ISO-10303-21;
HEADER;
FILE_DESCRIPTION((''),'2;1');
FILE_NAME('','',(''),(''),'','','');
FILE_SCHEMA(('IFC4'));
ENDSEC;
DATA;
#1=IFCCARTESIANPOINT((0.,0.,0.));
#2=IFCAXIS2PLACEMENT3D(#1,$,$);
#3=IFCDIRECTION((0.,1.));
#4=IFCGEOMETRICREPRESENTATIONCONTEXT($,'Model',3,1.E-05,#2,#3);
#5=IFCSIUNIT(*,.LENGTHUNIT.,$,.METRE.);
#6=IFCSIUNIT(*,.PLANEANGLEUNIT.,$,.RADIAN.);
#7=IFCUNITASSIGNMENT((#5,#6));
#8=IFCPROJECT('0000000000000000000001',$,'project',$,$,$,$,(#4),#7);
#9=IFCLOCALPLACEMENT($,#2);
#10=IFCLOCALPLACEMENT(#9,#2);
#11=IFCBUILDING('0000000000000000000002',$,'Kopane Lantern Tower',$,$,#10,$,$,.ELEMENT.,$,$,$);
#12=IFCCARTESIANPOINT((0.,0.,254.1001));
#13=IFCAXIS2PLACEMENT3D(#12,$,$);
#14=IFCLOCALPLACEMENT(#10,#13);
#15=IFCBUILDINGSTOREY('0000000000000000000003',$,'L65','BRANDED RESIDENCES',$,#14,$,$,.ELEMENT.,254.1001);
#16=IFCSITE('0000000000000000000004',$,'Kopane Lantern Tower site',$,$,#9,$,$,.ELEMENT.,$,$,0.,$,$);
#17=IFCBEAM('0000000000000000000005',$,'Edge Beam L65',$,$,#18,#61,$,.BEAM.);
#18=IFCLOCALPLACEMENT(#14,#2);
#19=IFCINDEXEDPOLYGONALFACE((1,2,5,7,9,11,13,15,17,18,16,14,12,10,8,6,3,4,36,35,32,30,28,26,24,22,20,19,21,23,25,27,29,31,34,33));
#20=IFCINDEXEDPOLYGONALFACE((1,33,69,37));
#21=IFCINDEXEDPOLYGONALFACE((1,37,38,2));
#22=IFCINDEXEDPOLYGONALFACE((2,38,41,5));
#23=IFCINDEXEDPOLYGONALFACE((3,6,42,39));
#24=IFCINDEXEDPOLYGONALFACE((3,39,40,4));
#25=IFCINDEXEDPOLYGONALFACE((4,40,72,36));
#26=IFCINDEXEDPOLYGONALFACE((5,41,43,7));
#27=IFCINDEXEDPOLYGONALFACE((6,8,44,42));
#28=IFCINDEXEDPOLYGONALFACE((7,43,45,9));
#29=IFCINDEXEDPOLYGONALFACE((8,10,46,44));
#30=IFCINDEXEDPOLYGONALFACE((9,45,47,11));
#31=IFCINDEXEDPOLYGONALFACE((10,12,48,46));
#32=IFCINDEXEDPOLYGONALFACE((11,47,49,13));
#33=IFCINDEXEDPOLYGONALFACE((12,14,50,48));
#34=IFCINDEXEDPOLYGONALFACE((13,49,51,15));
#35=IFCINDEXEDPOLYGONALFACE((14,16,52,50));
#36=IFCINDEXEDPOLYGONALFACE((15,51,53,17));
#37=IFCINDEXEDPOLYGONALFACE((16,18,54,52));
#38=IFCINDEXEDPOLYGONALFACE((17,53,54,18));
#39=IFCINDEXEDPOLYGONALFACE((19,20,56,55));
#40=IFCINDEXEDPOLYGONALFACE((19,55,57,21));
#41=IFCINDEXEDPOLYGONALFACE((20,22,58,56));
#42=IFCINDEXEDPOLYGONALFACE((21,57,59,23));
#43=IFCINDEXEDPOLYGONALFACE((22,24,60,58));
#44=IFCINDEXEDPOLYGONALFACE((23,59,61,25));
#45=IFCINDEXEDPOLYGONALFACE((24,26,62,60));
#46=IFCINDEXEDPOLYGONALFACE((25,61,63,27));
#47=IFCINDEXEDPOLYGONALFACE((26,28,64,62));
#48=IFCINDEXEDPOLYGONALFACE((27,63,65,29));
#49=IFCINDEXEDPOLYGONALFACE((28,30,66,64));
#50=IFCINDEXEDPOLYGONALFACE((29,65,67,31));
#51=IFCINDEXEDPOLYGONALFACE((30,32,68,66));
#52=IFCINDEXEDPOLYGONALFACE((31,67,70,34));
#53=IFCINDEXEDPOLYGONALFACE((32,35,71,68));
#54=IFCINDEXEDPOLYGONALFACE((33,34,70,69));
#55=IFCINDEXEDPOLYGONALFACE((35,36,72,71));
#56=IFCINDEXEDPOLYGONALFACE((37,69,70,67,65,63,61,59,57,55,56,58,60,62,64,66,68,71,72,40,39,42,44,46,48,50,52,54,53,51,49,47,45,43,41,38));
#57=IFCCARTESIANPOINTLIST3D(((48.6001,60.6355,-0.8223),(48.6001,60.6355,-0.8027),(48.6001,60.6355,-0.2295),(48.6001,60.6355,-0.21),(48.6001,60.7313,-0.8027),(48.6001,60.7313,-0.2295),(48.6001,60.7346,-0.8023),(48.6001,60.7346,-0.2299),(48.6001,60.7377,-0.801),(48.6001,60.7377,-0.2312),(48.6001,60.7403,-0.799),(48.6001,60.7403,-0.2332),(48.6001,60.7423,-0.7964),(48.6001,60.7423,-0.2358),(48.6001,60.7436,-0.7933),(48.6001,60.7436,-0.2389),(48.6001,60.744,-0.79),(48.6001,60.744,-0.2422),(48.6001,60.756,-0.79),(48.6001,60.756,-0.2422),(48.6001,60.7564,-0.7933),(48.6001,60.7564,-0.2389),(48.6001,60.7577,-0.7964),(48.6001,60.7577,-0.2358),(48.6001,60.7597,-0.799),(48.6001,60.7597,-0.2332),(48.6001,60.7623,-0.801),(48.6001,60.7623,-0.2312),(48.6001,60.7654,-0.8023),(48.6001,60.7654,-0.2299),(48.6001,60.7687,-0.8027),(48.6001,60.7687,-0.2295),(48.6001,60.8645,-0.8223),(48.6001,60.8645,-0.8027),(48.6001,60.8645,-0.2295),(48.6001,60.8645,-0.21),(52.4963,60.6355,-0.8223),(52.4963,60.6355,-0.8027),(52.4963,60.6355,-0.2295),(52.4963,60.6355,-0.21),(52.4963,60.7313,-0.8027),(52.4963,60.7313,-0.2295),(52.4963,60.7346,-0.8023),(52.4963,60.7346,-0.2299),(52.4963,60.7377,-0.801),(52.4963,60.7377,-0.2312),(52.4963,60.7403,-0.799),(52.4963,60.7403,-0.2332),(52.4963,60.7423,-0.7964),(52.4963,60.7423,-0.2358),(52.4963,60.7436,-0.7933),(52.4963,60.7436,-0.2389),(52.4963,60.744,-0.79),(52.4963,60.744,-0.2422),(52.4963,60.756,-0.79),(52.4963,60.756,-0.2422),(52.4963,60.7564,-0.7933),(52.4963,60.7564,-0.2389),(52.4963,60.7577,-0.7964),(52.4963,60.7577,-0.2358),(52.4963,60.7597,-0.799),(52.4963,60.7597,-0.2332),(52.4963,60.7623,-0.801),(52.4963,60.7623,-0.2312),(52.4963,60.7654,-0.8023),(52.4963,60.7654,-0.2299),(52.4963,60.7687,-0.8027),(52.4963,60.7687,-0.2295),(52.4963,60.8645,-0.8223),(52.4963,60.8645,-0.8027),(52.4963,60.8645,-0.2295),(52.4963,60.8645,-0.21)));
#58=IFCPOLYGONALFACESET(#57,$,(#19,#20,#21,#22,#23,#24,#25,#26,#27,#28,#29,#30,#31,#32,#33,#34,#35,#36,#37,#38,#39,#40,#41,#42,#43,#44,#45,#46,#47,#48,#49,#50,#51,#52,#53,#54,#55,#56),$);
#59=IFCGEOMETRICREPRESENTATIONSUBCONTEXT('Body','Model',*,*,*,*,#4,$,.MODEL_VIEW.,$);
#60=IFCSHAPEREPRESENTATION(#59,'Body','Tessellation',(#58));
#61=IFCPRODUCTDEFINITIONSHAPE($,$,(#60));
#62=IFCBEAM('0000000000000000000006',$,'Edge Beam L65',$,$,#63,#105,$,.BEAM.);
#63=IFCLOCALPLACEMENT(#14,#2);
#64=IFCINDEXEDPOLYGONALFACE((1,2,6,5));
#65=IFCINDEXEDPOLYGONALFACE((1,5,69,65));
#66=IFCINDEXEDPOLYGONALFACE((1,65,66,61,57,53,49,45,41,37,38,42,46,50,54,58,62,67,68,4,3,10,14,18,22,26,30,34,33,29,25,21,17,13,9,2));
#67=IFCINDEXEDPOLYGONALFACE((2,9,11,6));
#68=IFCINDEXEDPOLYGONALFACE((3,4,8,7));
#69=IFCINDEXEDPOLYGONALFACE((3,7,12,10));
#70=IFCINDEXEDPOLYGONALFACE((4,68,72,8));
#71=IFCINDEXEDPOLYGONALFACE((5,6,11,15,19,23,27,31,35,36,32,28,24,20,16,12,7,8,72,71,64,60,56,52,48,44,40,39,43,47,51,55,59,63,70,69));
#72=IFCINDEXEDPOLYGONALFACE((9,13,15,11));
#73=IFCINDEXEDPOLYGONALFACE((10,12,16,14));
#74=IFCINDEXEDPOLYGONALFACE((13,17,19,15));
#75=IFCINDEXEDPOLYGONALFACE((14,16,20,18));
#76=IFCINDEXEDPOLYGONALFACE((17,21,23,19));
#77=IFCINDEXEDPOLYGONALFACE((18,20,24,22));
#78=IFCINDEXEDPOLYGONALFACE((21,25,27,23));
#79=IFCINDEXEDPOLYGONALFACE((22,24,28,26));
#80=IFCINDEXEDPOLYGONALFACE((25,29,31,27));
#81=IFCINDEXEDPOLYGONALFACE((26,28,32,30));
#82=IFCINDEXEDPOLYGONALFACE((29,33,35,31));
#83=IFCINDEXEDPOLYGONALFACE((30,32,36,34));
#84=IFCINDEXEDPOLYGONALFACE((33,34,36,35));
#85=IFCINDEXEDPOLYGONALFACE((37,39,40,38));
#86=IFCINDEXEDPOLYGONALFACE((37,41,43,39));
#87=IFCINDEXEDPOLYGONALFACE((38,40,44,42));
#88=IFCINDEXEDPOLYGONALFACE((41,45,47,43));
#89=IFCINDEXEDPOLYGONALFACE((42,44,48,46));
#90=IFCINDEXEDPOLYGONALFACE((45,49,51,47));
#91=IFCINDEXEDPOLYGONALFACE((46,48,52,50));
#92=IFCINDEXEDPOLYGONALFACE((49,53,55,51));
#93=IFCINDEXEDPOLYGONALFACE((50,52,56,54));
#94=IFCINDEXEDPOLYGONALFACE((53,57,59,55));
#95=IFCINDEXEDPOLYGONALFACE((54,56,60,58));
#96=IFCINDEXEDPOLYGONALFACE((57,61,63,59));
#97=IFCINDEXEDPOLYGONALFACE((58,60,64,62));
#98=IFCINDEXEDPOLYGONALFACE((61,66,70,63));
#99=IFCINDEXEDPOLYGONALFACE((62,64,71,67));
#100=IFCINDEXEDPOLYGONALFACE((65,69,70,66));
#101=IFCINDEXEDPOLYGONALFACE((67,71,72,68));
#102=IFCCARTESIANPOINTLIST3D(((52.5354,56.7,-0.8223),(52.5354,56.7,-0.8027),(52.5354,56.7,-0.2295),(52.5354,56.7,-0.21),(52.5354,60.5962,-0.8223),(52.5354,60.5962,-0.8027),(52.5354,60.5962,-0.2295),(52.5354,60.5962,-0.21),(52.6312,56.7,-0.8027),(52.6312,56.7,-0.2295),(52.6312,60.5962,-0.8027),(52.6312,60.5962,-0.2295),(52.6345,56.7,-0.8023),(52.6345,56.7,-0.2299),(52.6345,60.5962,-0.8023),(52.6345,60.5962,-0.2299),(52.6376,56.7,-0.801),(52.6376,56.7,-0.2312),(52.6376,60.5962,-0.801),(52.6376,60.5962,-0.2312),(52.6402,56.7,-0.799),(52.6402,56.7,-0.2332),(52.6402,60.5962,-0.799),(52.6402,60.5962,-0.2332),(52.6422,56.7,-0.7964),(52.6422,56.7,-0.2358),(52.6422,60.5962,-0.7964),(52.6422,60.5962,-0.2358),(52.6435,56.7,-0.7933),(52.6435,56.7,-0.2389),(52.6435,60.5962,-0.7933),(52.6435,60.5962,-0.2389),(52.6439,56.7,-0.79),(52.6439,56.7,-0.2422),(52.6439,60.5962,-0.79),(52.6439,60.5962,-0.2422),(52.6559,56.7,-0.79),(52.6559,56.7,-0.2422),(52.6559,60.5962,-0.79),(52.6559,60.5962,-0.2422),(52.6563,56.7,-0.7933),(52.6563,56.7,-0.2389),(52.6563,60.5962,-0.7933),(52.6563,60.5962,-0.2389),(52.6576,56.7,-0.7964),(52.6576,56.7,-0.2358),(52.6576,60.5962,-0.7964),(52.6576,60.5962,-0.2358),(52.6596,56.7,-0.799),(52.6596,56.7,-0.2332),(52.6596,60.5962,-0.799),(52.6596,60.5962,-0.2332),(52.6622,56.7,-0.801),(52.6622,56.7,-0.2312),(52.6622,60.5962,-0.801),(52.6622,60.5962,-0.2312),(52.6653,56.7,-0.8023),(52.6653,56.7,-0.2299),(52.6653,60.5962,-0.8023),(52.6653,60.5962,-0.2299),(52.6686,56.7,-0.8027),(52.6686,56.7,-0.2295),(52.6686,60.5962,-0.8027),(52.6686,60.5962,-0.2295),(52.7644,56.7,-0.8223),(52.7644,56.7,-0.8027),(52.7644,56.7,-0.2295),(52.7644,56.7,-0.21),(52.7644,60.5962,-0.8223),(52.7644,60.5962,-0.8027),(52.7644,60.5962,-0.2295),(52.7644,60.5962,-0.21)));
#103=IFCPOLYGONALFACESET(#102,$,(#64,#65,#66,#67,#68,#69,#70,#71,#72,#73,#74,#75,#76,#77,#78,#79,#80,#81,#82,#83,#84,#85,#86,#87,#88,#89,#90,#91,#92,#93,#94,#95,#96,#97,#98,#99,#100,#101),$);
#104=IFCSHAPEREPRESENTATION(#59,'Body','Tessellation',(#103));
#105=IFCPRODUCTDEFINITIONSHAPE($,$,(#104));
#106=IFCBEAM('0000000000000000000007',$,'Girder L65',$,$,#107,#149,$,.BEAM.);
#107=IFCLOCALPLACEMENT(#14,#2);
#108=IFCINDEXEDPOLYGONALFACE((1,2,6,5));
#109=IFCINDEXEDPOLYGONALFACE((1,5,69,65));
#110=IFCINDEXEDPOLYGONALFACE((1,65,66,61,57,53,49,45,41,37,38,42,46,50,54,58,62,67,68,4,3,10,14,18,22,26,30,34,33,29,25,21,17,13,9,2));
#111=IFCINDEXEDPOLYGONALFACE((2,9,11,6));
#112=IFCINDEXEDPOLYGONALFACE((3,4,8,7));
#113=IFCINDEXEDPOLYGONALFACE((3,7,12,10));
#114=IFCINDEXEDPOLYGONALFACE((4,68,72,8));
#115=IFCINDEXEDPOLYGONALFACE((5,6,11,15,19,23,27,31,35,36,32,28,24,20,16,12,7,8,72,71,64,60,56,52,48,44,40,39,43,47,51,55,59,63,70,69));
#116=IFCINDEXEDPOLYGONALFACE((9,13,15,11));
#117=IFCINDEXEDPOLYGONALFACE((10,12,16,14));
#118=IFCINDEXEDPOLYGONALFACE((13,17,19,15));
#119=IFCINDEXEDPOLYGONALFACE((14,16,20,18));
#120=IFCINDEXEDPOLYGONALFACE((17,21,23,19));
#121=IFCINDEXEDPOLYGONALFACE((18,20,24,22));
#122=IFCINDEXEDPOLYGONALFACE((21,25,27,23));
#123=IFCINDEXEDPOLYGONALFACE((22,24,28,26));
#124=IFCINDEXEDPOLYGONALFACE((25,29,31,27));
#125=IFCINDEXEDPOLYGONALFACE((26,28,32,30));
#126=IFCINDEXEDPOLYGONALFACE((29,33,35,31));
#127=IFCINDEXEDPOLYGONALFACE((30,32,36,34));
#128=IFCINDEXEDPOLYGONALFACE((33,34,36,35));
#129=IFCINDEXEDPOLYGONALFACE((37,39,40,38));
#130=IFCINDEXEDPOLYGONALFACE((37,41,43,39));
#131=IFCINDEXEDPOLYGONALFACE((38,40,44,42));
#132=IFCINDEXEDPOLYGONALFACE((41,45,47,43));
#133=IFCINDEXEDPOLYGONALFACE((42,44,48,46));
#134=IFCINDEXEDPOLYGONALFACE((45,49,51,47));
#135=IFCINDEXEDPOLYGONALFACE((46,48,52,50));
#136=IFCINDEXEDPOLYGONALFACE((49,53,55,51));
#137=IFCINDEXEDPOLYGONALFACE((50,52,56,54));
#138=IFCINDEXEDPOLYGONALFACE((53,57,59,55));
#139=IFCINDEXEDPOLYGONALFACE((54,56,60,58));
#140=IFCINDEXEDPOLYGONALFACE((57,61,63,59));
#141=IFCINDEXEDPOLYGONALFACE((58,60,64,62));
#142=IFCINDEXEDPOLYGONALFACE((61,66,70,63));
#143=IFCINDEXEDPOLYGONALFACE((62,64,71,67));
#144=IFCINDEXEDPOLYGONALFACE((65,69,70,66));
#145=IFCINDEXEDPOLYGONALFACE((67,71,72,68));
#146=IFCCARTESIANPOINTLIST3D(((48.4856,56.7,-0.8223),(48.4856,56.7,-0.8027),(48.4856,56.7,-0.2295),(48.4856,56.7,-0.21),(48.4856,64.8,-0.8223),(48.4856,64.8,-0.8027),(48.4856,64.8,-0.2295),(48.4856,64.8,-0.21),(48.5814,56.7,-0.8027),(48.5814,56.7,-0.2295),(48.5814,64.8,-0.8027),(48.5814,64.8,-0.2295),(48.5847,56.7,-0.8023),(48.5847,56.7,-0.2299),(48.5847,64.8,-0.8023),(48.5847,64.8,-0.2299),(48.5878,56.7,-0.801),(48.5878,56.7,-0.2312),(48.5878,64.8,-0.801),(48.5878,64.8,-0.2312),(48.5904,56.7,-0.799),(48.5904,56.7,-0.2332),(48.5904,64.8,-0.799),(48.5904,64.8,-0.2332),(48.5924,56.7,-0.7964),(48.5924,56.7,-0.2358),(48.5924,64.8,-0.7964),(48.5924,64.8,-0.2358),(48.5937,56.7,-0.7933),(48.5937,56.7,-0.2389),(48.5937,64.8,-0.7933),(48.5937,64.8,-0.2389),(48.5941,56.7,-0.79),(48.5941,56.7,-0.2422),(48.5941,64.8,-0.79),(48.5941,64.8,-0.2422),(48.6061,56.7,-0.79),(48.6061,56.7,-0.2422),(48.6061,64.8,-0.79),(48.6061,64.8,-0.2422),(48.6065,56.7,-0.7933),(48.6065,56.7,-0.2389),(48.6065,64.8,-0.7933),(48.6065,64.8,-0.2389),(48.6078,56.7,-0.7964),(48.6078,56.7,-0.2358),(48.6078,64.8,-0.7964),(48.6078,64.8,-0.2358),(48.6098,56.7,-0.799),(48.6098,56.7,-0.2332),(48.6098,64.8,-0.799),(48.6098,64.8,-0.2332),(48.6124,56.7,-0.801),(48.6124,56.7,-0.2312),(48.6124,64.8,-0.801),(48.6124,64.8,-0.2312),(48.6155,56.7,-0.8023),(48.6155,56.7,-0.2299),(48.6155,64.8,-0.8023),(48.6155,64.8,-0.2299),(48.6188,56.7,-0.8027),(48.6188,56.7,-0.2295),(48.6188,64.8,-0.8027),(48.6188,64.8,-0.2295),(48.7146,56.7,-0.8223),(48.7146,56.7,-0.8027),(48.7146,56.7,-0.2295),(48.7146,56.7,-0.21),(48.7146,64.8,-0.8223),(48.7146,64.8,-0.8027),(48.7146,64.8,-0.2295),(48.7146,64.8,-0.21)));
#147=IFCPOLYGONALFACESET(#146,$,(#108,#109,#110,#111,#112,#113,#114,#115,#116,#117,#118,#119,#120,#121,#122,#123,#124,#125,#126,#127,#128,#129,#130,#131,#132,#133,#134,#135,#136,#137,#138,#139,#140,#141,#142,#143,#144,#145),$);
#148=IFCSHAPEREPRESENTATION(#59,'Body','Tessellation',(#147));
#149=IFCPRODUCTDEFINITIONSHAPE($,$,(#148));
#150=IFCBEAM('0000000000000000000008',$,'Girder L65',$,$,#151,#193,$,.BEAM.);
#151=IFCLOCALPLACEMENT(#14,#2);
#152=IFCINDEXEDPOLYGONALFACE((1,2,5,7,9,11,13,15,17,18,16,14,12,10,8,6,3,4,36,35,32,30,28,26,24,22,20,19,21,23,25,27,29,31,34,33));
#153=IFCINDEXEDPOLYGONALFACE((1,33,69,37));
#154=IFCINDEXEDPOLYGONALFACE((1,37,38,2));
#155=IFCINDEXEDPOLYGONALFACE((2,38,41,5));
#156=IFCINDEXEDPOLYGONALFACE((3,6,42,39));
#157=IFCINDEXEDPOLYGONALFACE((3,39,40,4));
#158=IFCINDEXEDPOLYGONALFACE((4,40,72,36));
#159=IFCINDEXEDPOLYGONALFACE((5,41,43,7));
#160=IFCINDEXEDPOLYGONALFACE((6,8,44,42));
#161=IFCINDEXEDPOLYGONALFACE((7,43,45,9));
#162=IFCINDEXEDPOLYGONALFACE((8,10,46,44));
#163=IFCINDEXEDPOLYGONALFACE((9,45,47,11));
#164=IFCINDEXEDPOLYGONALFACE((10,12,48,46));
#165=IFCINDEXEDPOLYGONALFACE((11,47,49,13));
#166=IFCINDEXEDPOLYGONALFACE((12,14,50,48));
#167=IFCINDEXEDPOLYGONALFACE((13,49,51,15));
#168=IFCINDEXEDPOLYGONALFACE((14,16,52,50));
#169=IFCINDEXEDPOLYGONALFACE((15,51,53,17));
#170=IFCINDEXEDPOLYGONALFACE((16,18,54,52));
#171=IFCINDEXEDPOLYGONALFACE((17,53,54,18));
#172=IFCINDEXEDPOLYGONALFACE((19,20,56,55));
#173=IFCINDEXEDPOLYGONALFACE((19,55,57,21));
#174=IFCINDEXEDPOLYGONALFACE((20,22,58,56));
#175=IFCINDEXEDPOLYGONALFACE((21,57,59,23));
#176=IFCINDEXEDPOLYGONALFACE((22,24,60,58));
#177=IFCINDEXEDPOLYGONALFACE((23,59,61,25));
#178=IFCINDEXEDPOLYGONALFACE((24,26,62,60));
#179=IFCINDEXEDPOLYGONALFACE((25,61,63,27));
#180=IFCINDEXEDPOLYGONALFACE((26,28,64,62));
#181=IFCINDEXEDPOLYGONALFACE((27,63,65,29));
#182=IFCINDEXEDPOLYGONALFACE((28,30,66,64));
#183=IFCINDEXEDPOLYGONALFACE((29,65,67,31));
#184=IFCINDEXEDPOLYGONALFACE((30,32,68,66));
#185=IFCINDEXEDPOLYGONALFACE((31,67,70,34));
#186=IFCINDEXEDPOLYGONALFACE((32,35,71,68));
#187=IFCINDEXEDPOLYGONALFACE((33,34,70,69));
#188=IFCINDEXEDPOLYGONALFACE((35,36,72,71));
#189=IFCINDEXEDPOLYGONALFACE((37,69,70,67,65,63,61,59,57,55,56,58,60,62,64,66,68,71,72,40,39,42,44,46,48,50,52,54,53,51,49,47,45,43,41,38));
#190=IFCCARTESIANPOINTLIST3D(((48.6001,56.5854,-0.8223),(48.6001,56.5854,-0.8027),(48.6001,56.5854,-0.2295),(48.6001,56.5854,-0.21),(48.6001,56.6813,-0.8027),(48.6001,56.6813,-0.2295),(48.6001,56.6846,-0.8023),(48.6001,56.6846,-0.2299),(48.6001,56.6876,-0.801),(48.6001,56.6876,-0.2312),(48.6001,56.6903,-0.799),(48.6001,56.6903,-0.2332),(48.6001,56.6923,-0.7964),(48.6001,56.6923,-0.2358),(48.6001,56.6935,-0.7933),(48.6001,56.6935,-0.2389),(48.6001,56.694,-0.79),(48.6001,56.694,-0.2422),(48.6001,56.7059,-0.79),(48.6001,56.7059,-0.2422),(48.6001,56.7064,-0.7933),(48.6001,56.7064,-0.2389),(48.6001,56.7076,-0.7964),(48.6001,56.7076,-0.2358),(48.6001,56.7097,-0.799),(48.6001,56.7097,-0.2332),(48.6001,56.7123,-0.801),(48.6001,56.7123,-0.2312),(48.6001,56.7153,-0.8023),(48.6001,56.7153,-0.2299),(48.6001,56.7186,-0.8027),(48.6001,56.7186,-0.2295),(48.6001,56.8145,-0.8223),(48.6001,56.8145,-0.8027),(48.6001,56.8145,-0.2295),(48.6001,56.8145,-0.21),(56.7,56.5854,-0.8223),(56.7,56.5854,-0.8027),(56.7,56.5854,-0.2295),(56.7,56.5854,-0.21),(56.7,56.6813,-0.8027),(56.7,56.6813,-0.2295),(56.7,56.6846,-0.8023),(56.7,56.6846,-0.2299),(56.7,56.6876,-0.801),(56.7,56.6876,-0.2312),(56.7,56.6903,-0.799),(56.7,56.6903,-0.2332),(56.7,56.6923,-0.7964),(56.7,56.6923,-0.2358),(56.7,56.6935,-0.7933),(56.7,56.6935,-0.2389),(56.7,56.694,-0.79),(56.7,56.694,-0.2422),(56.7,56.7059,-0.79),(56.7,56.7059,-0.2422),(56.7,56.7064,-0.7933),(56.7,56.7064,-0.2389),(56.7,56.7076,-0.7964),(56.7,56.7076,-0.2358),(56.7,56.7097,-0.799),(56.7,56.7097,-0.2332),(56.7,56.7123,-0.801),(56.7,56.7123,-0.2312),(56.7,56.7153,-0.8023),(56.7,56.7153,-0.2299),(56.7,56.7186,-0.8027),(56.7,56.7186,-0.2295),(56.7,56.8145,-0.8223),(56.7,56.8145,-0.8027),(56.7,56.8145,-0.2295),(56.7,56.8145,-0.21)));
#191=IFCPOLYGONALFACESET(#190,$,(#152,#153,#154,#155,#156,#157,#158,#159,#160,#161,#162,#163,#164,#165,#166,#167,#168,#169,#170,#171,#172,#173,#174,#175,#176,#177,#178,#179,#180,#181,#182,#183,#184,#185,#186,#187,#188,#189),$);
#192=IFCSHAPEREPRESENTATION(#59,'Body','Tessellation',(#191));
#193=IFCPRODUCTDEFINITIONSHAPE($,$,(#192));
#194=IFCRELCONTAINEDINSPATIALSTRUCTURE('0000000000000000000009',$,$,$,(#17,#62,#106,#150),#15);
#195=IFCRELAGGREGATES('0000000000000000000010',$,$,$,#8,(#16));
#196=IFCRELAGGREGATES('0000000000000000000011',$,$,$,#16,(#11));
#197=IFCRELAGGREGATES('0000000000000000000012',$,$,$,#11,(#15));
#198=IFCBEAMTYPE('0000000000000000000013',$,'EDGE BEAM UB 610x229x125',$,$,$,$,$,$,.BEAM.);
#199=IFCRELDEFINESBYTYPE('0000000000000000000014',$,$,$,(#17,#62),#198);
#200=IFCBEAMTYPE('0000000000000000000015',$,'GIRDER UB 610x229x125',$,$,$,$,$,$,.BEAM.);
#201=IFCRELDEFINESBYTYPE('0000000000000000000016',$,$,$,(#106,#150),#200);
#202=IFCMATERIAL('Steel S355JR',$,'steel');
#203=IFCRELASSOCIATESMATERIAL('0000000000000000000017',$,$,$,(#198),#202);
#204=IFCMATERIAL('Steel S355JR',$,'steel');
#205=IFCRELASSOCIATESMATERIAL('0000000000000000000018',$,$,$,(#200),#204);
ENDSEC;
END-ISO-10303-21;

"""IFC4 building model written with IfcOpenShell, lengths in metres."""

from ifc_helpers import new_model, si_unit, direction, frame, origin, origin_2d, place, context, subcontext, project, spatial, i_section, extrude, material, material_profile, profile_set, type_object, element, save


model = new_model("IFC4")

# Units and contexts
model_context = context("Model", 3, precision=1e-05, world=origin(), true_north=direction((0.0, 1.0)))
body_context = subcontext(model_context, "Body", "Model", "MODEL_VIEW")
ifc_project = project(units=[si_unit("LENGTHUNIT", "METRE"), si_unit("PLANEANGLEUNIT", "RADIAN")], contexts=[model_context])

# Site, building, storey
site_placement = place(None, origin())
site = spatial("IfcSite", under=ifc_project, at=site_placement, Name="Kopane Lantern Tower site", CompositionType="ELEMENT", RefElevation=0.0)
building_placement = place(site_placement, origin())
building = spatial("IfcBuilding", under=site, at=building_placement, Name="Kopane Lantern Tower", CompositionType="ELEMENT")
storey_placement = place(building_placement, frame((0.0, 0.0, 254.1001)))
storey = spatial("IfcBuildingStorey", under=building, at=storey_placement, Name="L65", Description="BRANDED RESIDENCES", CompositionType="ELEMENT", Elevation=254.1001)

# Beams
ifc_material_1 = material(Name="Steel S355JR", Category="steel")
ifc_material_profile_1 = material_profile(ifc_material_1, i_section(OverallWidth=0.229, OverallDepth=0.6123, WebThickness=0.012, FlangeThickness=0.0195, FilletRadius=0.0127, at=origin_2d()), Name="UB 610x229x125")
ifc_profile_set_1 = profile_set([ifc_material_profile_1], Name="Steel S355JR")
beam_type_1 = type_object("IfcBeamType", Name="EDGE BEAM UB 610x229x125", PredefinedType="BEAM", material=ifc_profile_set_1)
for number, where, z_axis, x_axis, name in (
    (1, (52.4963, 60.75, -0.5161), (-1.0, 0.0, 0.0), (0.0, -1.0, 0.0), "Edge Beam L65"),
    (2, (52.6499, 60.5962, -0.5161), (0.0, -1.0, 0.0), (1.0, 0.0, 0.0), "Edge Beam L65"),
):
    element("IfcBeam", number, at=place(storey_placement, frame(where, z_axis=z_axis, x_axis=x_axis)), inside=storey, type_object=beam_type_1, Name=name, PredefinedType="BEAM", context=body_context, shape_type="SweptSolid", body=[
        extrude(i_section(OverallWidth=0.229, OverallDepth=0.6123, WebThickness=0.012, FlangeThickness=0.0195, FilletRadius=0.0127, at=origin_2d()), origin(), (0.0, 0.0, 1.0), 3.8962),
    ])
ifc_material_2 = material(Name="Steel S355JR", Category="steel")
ifc_material_profile_2 = material_profile(ifc_material_2, i_section(OverallWidth=0.229, OverallDepth=0.6123, WebThickness=0.012, FlangeThickness=0.0195, FilletRadius=0.0127, at=origin_2d()), Name="UB 610x229x125")
ifc_profile_set_2 = profile_set([ifc_material_profile_2], Name="Steel S355JR")
beam_type_2 = type_object("IfcBeamType", Name="GIRDER UB 610x229x125", PredefinedType="BEAM", material=ifc_profile_set_2)
beam_1_placement = place(storey_placement, frame((48.6001, 56.7, -0.5161), z_axis=(0.0, 1.0, 0.0), x_axis=(-1.0, 0.0, 0.0)))
element("IfcBeam", 3, at=beam_1_placement, inside=storey, type_object=beam_type_2, Name="Girder L65", PredefinedType="BEAM", context=body_context, shape_type="SweptSolid", body=[
    extrude(i_section(OverallWidth=0.229, OverallDepth=0.6123, WebThickness=0.012, FlangeThickness=0.0195, FilletRadius=0.0127, at=origin_2d()), origin(), (0.0, 0.0, 1.0), 8.1001),
])
beam_2_placement = place(storey_placement, frame((48.6001, 56.7, -0.5161), z_axis=(1.0, 0.0, 0.0), x_axis=(0.0, 1.0, 0.0)))
element("IfcBeam", 4, at=beam_2_placement, inside=storey, type_object=beam_type_2, Name="Girder L65", PredefinedType="BEAM", context=body_context, shape_type="SweptSolid", body=[
    extrude(i_section(OverallWidth=0.229, OverallDepth=0.6123, WebThickness=0.012, FlangeThickness=0.0195, FilletRadius=0.0127, at=origin_2d()), origin(), (0.0, 0.0, 1.0), 8.0999),
])

save(model, "model.ifc")
